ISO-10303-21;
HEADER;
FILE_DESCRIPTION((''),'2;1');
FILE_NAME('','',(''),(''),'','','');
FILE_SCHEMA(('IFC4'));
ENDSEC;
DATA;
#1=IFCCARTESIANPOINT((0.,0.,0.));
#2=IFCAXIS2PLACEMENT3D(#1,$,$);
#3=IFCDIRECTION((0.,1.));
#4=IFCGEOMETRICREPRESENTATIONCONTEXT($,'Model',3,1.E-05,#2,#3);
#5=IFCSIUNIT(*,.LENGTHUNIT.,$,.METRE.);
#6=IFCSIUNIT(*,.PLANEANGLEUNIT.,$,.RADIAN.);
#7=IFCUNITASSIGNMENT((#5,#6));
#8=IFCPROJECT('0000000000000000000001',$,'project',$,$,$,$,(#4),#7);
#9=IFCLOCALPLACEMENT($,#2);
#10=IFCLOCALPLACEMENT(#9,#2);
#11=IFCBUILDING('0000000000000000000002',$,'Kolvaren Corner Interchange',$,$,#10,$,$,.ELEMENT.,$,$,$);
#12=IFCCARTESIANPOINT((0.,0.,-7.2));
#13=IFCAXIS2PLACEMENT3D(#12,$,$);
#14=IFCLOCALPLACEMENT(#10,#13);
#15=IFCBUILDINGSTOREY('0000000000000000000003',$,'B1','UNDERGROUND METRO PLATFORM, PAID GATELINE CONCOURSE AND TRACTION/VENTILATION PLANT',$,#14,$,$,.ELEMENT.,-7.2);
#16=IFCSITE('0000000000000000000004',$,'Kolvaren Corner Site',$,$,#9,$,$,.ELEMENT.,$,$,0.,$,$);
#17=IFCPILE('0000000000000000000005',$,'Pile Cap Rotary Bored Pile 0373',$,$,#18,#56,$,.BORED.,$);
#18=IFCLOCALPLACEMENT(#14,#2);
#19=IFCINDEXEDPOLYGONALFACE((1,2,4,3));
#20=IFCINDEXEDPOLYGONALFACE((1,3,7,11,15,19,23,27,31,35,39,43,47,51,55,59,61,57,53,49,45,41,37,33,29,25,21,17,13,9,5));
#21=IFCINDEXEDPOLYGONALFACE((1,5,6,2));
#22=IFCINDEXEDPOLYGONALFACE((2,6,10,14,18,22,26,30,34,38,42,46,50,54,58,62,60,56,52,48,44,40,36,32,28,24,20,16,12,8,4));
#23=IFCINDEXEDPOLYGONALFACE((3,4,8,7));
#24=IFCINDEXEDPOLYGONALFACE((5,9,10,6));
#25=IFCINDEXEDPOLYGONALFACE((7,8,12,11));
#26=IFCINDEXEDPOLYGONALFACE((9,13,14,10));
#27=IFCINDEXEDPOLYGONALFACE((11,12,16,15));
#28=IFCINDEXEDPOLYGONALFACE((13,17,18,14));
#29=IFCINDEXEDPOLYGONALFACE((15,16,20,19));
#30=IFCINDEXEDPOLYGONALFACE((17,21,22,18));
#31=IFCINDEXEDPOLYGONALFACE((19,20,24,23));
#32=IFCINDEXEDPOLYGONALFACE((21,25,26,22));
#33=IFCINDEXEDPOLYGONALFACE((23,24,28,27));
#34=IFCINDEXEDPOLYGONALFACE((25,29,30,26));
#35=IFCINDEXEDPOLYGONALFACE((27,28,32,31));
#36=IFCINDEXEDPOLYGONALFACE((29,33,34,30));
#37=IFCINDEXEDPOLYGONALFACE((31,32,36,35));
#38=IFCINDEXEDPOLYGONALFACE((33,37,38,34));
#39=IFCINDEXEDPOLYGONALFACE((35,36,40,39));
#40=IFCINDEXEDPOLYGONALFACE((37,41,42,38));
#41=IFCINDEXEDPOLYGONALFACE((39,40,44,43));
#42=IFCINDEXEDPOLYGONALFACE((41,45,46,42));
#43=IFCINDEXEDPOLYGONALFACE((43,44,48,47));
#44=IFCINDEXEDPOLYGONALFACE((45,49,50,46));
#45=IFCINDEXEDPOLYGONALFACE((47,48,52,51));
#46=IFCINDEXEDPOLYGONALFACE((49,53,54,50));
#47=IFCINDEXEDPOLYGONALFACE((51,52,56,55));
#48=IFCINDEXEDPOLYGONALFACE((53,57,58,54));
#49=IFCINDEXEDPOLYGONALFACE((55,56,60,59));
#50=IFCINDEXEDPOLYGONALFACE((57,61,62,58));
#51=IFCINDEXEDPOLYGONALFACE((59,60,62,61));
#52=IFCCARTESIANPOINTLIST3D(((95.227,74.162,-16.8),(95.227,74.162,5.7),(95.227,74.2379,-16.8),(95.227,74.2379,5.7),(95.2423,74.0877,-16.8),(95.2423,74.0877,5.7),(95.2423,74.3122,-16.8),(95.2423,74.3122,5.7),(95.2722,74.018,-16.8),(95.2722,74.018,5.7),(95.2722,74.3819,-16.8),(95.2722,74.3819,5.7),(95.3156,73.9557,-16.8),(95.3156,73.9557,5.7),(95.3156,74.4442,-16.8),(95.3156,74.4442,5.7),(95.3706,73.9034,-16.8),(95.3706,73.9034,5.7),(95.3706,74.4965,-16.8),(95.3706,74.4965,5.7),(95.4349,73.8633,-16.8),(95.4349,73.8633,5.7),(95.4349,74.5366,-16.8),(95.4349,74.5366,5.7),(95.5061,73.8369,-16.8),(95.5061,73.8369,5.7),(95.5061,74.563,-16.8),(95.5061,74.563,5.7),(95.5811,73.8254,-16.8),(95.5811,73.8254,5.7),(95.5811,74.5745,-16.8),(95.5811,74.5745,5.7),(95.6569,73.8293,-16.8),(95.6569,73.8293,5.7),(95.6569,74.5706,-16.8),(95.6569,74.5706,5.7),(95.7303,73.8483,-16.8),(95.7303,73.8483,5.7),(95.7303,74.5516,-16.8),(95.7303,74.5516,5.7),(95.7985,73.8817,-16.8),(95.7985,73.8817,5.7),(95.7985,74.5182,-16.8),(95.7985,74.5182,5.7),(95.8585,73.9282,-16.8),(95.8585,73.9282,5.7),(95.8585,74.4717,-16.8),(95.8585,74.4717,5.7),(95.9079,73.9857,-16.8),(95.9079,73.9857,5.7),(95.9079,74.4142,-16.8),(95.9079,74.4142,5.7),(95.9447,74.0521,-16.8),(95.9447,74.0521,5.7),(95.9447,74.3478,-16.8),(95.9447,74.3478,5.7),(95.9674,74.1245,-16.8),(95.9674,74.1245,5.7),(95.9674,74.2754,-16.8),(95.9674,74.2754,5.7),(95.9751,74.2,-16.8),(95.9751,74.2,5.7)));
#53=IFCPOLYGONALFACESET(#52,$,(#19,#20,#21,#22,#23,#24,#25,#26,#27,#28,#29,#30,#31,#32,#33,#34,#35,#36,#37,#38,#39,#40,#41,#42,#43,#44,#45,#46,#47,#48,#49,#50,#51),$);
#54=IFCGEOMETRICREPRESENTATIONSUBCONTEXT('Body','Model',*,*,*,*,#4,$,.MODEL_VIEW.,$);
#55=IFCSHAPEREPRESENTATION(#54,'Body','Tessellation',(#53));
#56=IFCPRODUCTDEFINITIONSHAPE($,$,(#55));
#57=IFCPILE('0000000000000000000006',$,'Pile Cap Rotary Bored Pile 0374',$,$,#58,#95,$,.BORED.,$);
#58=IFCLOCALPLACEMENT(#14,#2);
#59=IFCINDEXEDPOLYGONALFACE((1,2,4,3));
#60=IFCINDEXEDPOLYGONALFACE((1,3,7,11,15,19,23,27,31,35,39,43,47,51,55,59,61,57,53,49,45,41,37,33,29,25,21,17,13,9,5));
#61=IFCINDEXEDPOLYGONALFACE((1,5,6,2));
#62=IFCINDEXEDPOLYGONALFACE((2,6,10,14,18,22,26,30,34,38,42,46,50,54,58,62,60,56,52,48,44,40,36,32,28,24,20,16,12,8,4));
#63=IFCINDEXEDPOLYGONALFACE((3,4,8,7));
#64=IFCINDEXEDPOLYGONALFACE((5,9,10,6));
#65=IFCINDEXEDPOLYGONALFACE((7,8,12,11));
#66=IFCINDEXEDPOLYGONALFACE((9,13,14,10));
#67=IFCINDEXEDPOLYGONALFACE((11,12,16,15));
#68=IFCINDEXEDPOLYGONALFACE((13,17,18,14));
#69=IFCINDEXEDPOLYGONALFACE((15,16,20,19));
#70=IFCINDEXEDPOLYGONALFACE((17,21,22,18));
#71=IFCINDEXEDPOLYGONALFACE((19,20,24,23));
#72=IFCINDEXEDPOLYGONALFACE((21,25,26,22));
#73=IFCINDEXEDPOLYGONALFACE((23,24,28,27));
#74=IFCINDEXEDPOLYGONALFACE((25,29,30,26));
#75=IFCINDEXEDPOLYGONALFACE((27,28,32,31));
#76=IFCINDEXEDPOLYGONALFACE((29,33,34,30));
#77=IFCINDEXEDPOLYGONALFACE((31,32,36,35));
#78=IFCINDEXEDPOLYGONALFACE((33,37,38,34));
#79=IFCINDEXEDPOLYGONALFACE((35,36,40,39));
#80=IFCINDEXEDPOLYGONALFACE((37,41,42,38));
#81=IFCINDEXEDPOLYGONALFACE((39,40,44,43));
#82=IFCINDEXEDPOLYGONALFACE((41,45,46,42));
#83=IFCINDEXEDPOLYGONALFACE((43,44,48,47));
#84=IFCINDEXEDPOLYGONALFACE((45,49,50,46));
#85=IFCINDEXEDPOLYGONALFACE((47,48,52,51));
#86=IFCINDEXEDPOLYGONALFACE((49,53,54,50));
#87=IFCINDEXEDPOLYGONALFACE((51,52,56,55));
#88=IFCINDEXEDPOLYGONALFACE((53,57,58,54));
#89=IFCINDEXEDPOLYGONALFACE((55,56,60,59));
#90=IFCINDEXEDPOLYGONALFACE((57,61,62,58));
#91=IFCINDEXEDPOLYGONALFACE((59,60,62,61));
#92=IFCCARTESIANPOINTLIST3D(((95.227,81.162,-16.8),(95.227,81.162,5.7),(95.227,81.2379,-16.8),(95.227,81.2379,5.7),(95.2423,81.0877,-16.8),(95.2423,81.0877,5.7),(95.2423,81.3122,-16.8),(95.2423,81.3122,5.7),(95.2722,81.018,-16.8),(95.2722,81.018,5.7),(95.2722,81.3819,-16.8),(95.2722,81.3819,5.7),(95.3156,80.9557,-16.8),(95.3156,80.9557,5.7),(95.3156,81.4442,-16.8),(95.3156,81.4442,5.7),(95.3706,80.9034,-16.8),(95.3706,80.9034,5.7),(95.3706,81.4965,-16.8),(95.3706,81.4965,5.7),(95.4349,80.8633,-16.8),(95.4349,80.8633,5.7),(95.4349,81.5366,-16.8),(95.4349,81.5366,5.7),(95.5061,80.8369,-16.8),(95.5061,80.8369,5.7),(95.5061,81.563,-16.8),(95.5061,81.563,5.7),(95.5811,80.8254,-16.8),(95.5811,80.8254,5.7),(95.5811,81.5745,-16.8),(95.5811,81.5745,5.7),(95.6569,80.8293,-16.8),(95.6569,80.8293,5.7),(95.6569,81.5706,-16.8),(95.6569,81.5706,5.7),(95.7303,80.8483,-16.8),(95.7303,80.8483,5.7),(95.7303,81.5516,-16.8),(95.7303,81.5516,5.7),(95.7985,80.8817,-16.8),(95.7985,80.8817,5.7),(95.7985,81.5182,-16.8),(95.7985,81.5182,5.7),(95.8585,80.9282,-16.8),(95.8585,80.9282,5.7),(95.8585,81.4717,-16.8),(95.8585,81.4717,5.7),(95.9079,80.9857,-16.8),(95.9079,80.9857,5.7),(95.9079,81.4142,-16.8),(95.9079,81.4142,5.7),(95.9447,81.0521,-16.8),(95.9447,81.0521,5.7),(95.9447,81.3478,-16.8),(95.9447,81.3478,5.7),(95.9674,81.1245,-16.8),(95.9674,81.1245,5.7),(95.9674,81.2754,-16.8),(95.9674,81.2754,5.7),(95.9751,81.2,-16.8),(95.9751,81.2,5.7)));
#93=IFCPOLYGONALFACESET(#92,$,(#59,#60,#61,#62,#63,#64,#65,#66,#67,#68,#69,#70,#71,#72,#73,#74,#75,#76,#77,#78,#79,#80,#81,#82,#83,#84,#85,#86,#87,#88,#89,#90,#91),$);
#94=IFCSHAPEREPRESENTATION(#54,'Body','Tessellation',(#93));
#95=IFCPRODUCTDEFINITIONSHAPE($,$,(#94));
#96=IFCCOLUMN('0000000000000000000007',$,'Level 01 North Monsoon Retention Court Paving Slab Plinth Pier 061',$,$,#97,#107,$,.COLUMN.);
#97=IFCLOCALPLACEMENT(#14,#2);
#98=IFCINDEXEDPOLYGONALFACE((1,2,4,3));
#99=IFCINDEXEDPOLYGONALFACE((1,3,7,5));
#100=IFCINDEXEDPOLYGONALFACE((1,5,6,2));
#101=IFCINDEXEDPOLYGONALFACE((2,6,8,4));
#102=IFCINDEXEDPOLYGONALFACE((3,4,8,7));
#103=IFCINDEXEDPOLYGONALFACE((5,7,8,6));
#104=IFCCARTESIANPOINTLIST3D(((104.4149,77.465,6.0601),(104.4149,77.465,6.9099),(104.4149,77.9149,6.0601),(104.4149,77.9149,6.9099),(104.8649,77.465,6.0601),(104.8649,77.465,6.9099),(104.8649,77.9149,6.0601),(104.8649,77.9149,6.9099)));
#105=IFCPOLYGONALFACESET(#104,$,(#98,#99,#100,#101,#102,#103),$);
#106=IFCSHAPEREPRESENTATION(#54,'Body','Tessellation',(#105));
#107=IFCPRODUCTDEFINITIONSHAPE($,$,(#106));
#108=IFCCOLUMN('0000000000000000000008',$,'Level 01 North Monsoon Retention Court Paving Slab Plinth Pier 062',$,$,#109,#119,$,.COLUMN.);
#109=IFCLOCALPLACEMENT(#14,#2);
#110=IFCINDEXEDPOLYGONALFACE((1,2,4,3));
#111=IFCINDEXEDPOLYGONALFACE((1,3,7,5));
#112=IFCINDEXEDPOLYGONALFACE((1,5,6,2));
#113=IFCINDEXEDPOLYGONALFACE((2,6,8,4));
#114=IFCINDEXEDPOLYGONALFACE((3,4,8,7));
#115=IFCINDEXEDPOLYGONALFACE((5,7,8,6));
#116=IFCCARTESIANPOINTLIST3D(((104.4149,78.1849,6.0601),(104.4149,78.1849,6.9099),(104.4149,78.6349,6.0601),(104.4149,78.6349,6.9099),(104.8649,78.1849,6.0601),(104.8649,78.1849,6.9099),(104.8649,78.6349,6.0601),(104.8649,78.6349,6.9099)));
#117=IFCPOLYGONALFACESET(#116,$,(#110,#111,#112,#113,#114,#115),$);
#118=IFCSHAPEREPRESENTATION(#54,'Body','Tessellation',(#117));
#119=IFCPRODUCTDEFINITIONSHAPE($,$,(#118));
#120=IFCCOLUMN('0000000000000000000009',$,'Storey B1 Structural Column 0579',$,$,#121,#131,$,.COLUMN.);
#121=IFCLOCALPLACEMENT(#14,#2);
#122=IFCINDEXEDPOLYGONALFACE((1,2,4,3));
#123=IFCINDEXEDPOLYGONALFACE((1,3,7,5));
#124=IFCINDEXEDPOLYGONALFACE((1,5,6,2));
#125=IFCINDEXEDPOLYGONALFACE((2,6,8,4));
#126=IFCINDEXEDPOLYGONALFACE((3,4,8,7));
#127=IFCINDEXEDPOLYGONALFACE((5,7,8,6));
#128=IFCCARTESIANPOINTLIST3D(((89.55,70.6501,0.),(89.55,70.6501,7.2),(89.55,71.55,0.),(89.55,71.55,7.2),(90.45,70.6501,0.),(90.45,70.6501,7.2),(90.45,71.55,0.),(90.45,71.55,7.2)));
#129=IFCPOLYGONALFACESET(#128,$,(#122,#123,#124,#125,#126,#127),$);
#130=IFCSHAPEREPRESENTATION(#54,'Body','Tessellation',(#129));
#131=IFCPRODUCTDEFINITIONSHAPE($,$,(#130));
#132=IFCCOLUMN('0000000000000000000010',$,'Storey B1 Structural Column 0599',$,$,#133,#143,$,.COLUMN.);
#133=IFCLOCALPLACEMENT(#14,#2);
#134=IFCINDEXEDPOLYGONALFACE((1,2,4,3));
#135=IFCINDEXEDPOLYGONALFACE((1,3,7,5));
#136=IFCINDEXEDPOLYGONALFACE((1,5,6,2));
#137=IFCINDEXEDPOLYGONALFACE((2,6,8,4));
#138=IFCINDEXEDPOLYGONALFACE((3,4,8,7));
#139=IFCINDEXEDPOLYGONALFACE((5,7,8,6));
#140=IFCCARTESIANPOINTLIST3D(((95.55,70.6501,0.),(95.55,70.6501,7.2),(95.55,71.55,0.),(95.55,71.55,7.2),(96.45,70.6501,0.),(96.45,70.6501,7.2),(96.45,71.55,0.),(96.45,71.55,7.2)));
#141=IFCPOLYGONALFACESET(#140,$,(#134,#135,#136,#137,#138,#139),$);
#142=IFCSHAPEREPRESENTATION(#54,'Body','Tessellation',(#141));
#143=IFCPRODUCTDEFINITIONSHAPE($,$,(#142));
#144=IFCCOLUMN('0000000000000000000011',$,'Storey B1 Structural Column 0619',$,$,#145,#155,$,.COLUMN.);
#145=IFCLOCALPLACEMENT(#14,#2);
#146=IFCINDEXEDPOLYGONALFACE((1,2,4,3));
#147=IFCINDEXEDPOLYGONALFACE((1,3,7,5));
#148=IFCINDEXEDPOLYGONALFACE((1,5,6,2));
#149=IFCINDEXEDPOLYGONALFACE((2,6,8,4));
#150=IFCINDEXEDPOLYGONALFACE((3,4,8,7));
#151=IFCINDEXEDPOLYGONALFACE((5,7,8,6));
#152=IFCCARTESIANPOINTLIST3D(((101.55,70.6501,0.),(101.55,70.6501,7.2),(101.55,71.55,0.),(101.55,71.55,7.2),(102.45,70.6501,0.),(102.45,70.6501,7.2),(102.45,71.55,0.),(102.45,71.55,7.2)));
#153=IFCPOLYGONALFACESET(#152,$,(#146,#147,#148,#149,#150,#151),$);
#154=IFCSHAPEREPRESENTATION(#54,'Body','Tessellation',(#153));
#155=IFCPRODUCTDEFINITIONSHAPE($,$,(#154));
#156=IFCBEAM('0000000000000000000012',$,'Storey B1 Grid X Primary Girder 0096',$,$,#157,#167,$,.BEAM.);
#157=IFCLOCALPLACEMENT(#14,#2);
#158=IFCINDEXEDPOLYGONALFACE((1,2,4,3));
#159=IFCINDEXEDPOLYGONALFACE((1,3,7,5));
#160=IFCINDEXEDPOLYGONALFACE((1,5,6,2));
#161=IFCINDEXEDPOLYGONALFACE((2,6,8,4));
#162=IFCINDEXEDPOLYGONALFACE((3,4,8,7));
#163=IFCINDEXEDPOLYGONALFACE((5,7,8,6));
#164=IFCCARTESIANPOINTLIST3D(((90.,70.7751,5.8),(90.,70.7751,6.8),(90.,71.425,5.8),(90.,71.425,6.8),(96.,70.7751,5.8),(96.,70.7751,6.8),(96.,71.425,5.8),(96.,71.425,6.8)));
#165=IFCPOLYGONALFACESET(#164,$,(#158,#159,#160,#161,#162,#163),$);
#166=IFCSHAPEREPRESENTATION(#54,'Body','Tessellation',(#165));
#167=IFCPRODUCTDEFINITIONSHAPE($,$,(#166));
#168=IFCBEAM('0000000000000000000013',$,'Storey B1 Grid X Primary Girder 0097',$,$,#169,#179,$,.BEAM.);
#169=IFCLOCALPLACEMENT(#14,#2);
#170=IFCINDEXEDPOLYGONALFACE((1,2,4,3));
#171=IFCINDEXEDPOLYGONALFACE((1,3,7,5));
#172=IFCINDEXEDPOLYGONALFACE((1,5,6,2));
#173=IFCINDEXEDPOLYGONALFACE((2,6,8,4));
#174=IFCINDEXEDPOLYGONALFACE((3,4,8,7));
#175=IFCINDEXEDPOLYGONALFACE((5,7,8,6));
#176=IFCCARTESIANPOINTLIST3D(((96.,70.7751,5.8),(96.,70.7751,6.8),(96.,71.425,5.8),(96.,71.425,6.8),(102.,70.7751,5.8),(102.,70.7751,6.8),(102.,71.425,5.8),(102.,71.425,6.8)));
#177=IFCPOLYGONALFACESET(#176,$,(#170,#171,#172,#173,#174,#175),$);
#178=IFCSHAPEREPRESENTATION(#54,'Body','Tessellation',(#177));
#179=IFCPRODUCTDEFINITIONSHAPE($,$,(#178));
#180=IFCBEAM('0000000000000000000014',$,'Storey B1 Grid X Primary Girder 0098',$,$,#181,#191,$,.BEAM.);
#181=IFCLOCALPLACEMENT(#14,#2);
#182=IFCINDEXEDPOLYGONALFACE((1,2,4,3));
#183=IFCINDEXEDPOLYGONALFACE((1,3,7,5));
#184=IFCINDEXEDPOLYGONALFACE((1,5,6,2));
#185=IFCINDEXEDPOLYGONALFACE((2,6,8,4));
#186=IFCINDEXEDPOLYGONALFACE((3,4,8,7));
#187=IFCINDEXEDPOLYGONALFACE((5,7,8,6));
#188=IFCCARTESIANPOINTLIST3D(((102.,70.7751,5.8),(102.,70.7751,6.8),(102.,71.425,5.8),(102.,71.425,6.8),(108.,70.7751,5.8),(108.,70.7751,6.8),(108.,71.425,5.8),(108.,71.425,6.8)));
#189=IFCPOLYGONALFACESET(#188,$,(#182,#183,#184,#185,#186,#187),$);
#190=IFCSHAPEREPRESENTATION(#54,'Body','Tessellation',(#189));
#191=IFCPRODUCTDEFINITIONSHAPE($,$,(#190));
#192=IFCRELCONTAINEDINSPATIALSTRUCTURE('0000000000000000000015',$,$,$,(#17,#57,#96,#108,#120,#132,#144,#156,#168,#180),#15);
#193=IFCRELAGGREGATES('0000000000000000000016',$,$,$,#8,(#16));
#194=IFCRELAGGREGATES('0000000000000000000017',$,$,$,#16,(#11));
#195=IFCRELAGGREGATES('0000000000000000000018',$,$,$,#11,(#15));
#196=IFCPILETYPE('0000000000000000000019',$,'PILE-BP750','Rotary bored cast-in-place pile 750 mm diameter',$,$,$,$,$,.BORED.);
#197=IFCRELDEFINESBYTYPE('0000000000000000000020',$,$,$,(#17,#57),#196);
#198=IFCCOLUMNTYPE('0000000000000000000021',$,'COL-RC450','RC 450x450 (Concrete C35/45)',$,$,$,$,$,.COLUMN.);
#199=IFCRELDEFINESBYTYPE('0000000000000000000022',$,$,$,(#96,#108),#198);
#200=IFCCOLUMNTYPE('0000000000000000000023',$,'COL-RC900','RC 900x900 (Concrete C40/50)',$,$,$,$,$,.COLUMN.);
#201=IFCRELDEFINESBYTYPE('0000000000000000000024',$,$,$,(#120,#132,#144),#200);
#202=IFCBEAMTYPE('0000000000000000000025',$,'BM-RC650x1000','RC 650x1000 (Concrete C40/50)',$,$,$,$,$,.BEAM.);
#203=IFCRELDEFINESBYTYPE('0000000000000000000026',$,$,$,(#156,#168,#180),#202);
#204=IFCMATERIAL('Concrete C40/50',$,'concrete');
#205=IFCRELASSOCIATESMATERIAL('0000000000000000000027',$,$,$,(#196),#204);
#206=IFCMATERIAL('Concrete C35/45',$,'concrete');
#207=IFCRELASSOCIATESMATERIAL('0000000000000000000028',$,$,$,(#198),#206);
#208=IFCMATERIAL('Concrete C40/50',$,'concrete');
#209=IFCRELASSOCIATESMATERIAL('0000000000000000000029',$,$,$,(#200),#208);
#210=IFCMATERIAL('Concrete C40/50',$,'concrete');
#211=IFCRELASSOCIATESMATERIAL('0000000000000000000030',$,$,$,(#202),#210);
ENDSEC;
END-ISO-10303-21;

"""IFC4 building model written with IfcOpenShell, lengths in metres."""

from ifc_helpers import new_model, si_unit, direction, frame, origin, origin_2d, place, context, subcontext, project, spatial, rectangle, circle, extrude, material, material_profile, profile_set, type_object, element, save


model = new_model("IFC4")

# Units and contexts
model_context = context("Model", 3, precision=1e-05, world=origin(), true_north=direction((0.0, 1.0)))
body_context = subcontext(model_context, "Body", "Model", "MODEL_VIEW")
ifc_project = project(units=[si_unit("LENGTHUNIT", "METRE"), si_unit("PLANEANGLEUNIT", "RADIAN")], contexts=[model_context])

# Site, building, storey
site_placement = place(None, origin())
site = spatial("IfcSite", under=ifc_project, at=site_placement, Name="Kolvaren Corner Site", CompositionType="ELEMENT", RefElevation=0.0)
building_placement = place(site_placement, origin())
building = spatial("IfcBuilding", under=site, at=building_placement, Name="Kolvaren Corner Interchange", CompositionType="ELEMENT")
storey_placement = place(building_placement, frame((0.0, 0.0, -7.2)))
storey = spatial("IfcBuildingStorey", under=building, at=storey_placement, Name="B1", Description="UNDERGROUND METRO PLATFORM, PAID GATELINE CONCOURSE AND TRACTION/VENTILATION PLANT", CompositionType="ELEMENT", Elevation=-7.2)

# Piles
ifc_material_1 = material(Name="Concrete C40/50", Category="concrete")
ifc_material_profile_1 = material_profile(ifc_material_1, circle(Radius=0.375, at=origin_2d()), Name="BORED PILE 750")
ifc_profile_set_1 = profile_set([ifc_material_profile_1], Name="Concrete C40/50")
pile_type_1 = type_object("IfcPileType", Name="PILE-BP750", Description="Rotary bored cast-in-place pile 750 mm diameter", PredefinedType="BORED", material=ifc_profile_set_1)
for number, where, z_axis, x_axis, name in (
    (1, (95.6001, 74.2, 5.7), (0.0, 0.0, -1.0), (1.0, 0.0, 0.0), "Pile Cap Rotary Bored Pile 0373"),
    (2, (95.6001, 81.2, 5.7), (0.0, 0.0, -1.0), (1.0, 0.0, 0.0), "Pile Cap Rotary Bored Pile 0374"),
):
    element("IfcPile", number, at=place(storey_placement, frame(where, z_axis=z_axis, x_axis=x_axis)), inside=storey, type_object=pile_type_1, Name=name, PredefinedType="BORED", context=body_context, shape_type="SweptSolid", body=[
        extrude(circle(Radius=0.375, at=origin_2d()), origin(), (0.0, 0.0, 1.0), 22.5),
    ])

# Columns
ifc_material_2 = material(Name="Concrete C35/45", Category="concrete")
ifc_material_profile_2 = material_profile(ifc_material_2, rectangle(XDim=0.45, YDim=0.45, at=origin_2d()), Name="RC 450x450")
ifc_profile_set_2 = profile_set([ifc_material_profile_2], Name="Concrete C35/45")
column_type_1 = type_object("IfcColumnType", Name="COL-RC450", Description="RC 450x450 (Concrete C35/45)", PredefinedType="COLUMN", material=ifc_profile_set_2)
for number, where, z_axis, x_axis, name in (
    (3, (104.6399, 77.6899, 6.0601), (0.0, 0.0, 1.0), (1.0, 0.0, 0.0), "Level 01 North Monsoon Retention Court Paving Slab Plinth Pier 061"),
    (4, (104.6399, 78.4099, 6.0601), (0.0, 0.0, 1.0), (1.0, 0.0, 0.0), "Level 01 North Monsoon Retention Court Paving Slab Plinth Pier 062"),
):
    element("IfcColumn", number, at=place(storey_placement, frame(where, z_axis=z_axis, x_axis=x_axis)), inside=storey, type_object=column_type_1, Name=name, PredefinedType="COLUMN", context=body_context, shape_type="SweptSolid", body=[
        extrude(rectangle(XDim=0.45, YDim=0.45, at=origin_2d()), origin(), (0.0, 0.0, 1.0), 0.8499),
    ])
ifc_material_3 = material(Name="Concrete C40/50", Category="concrete")
ifc_material_profile_3 = material_profile(ifc_material_3, rectangle(XDim=0.8999, YDim=0.8999, at=origin_2d()), Name="RC 900x900")
ifc_profile_set_3 = profile_set([ifc_material_profile_3], Name="Concrete C40/50")
column_type_2 = type_object("IfcColumnType", Name="COL-RC900", Description="RC 900x900 (Concrete C40/50)", PredefinedType="COLUMN", material=ifc_profile_set_3)
for number, where, z_axis, x_axis, name in (
    (5, (90.0, 71.1001, 0.0), (0.0, 0.0, 1.0), (1.0, 0.0, 0.0), "Storey B1 Structural Column 0579"),
    (6, (96.0, 71.1001, 0.0), (0.0, 0.0, 1.0), (1.0, 0.0, 0.0), "Storey B1 Structural Column 0599"),
    (7, (102.0, 71.1001, 0.0), (0.0, 0.0, 1.0), (1.0, 0.0, 0.0), "Storey B1 Structural Column 0619"),
):
    element("IfcColumn", number, at=place(storey_placement, frame(where, z_axis=z_axis, x_axis=x_axis)), inside=storey, type_object=column_type_2, Name=name, PredefinedType="COLUMN", context=body_context, shape_type="SweptSolid", body=[
        extrude(rectangle(XDim=0.8999, YDim=0.8999, at=origin_2d()), origin(), (0.0, 0.0, 1.0), 7.2),
    ])

# Beams
ifc_material_4 = material(Name="Concrete C40/50", Category="concrete")
ifc_material_profile_4 = material_profile(ifc_material_4, rectangle(XDim=0.6499, YDim=1.0, at=origin_2d()), Name="RC 650x1000")
ifc_profile_set_4 = profile_set([ifc_material_profile_4], Name="Concrete C40/50")
beam_type_1 = type_object("IfcBeamType", Name="BM-RC650x1000", Description="RC 650x1000 (Concrete C40/50)", PredefinedType="BEAM", material=ifc_profile_set_4)
for number, where, z_axis, x_axis, name in (
    (8, (90.0, 71.1001, 6.3), (1.0, 0.0, 0.0), (0.0, 1.0, 0.0), "Storey B1 Grid X Primary Girder 0096"),
    (9, (96.0, 71.1001, 6.3), (1.0, 0.0, 0.0), (0.0, 1.0, 0.0), "Storey B1 Grid X Primary Girder 0097"),
    (10, (102.0, 71.1001, 6.3), (1.0, 0.0, 0.0), (0.0, 1.0, 0.0), "Storey B1 Grid X Primary Girder 0098"),
):
    element("IfcBeam", number, at=place(storey_placement, frame(where, z_axis=z_axis, x_axis=x_axis)), inside=storey, type_object=beam_type_1, Name=name, PredefinedType="BEAM", context=body_context, shape_type="SweptSolid", body=[
        extrude(rectangle(XDim=0.6499, YDim=1.0, at=origin_2d()), origin(), (0.0, 0.0, 1.0), 6.0),
    ])

save(model, "model.ifc")
